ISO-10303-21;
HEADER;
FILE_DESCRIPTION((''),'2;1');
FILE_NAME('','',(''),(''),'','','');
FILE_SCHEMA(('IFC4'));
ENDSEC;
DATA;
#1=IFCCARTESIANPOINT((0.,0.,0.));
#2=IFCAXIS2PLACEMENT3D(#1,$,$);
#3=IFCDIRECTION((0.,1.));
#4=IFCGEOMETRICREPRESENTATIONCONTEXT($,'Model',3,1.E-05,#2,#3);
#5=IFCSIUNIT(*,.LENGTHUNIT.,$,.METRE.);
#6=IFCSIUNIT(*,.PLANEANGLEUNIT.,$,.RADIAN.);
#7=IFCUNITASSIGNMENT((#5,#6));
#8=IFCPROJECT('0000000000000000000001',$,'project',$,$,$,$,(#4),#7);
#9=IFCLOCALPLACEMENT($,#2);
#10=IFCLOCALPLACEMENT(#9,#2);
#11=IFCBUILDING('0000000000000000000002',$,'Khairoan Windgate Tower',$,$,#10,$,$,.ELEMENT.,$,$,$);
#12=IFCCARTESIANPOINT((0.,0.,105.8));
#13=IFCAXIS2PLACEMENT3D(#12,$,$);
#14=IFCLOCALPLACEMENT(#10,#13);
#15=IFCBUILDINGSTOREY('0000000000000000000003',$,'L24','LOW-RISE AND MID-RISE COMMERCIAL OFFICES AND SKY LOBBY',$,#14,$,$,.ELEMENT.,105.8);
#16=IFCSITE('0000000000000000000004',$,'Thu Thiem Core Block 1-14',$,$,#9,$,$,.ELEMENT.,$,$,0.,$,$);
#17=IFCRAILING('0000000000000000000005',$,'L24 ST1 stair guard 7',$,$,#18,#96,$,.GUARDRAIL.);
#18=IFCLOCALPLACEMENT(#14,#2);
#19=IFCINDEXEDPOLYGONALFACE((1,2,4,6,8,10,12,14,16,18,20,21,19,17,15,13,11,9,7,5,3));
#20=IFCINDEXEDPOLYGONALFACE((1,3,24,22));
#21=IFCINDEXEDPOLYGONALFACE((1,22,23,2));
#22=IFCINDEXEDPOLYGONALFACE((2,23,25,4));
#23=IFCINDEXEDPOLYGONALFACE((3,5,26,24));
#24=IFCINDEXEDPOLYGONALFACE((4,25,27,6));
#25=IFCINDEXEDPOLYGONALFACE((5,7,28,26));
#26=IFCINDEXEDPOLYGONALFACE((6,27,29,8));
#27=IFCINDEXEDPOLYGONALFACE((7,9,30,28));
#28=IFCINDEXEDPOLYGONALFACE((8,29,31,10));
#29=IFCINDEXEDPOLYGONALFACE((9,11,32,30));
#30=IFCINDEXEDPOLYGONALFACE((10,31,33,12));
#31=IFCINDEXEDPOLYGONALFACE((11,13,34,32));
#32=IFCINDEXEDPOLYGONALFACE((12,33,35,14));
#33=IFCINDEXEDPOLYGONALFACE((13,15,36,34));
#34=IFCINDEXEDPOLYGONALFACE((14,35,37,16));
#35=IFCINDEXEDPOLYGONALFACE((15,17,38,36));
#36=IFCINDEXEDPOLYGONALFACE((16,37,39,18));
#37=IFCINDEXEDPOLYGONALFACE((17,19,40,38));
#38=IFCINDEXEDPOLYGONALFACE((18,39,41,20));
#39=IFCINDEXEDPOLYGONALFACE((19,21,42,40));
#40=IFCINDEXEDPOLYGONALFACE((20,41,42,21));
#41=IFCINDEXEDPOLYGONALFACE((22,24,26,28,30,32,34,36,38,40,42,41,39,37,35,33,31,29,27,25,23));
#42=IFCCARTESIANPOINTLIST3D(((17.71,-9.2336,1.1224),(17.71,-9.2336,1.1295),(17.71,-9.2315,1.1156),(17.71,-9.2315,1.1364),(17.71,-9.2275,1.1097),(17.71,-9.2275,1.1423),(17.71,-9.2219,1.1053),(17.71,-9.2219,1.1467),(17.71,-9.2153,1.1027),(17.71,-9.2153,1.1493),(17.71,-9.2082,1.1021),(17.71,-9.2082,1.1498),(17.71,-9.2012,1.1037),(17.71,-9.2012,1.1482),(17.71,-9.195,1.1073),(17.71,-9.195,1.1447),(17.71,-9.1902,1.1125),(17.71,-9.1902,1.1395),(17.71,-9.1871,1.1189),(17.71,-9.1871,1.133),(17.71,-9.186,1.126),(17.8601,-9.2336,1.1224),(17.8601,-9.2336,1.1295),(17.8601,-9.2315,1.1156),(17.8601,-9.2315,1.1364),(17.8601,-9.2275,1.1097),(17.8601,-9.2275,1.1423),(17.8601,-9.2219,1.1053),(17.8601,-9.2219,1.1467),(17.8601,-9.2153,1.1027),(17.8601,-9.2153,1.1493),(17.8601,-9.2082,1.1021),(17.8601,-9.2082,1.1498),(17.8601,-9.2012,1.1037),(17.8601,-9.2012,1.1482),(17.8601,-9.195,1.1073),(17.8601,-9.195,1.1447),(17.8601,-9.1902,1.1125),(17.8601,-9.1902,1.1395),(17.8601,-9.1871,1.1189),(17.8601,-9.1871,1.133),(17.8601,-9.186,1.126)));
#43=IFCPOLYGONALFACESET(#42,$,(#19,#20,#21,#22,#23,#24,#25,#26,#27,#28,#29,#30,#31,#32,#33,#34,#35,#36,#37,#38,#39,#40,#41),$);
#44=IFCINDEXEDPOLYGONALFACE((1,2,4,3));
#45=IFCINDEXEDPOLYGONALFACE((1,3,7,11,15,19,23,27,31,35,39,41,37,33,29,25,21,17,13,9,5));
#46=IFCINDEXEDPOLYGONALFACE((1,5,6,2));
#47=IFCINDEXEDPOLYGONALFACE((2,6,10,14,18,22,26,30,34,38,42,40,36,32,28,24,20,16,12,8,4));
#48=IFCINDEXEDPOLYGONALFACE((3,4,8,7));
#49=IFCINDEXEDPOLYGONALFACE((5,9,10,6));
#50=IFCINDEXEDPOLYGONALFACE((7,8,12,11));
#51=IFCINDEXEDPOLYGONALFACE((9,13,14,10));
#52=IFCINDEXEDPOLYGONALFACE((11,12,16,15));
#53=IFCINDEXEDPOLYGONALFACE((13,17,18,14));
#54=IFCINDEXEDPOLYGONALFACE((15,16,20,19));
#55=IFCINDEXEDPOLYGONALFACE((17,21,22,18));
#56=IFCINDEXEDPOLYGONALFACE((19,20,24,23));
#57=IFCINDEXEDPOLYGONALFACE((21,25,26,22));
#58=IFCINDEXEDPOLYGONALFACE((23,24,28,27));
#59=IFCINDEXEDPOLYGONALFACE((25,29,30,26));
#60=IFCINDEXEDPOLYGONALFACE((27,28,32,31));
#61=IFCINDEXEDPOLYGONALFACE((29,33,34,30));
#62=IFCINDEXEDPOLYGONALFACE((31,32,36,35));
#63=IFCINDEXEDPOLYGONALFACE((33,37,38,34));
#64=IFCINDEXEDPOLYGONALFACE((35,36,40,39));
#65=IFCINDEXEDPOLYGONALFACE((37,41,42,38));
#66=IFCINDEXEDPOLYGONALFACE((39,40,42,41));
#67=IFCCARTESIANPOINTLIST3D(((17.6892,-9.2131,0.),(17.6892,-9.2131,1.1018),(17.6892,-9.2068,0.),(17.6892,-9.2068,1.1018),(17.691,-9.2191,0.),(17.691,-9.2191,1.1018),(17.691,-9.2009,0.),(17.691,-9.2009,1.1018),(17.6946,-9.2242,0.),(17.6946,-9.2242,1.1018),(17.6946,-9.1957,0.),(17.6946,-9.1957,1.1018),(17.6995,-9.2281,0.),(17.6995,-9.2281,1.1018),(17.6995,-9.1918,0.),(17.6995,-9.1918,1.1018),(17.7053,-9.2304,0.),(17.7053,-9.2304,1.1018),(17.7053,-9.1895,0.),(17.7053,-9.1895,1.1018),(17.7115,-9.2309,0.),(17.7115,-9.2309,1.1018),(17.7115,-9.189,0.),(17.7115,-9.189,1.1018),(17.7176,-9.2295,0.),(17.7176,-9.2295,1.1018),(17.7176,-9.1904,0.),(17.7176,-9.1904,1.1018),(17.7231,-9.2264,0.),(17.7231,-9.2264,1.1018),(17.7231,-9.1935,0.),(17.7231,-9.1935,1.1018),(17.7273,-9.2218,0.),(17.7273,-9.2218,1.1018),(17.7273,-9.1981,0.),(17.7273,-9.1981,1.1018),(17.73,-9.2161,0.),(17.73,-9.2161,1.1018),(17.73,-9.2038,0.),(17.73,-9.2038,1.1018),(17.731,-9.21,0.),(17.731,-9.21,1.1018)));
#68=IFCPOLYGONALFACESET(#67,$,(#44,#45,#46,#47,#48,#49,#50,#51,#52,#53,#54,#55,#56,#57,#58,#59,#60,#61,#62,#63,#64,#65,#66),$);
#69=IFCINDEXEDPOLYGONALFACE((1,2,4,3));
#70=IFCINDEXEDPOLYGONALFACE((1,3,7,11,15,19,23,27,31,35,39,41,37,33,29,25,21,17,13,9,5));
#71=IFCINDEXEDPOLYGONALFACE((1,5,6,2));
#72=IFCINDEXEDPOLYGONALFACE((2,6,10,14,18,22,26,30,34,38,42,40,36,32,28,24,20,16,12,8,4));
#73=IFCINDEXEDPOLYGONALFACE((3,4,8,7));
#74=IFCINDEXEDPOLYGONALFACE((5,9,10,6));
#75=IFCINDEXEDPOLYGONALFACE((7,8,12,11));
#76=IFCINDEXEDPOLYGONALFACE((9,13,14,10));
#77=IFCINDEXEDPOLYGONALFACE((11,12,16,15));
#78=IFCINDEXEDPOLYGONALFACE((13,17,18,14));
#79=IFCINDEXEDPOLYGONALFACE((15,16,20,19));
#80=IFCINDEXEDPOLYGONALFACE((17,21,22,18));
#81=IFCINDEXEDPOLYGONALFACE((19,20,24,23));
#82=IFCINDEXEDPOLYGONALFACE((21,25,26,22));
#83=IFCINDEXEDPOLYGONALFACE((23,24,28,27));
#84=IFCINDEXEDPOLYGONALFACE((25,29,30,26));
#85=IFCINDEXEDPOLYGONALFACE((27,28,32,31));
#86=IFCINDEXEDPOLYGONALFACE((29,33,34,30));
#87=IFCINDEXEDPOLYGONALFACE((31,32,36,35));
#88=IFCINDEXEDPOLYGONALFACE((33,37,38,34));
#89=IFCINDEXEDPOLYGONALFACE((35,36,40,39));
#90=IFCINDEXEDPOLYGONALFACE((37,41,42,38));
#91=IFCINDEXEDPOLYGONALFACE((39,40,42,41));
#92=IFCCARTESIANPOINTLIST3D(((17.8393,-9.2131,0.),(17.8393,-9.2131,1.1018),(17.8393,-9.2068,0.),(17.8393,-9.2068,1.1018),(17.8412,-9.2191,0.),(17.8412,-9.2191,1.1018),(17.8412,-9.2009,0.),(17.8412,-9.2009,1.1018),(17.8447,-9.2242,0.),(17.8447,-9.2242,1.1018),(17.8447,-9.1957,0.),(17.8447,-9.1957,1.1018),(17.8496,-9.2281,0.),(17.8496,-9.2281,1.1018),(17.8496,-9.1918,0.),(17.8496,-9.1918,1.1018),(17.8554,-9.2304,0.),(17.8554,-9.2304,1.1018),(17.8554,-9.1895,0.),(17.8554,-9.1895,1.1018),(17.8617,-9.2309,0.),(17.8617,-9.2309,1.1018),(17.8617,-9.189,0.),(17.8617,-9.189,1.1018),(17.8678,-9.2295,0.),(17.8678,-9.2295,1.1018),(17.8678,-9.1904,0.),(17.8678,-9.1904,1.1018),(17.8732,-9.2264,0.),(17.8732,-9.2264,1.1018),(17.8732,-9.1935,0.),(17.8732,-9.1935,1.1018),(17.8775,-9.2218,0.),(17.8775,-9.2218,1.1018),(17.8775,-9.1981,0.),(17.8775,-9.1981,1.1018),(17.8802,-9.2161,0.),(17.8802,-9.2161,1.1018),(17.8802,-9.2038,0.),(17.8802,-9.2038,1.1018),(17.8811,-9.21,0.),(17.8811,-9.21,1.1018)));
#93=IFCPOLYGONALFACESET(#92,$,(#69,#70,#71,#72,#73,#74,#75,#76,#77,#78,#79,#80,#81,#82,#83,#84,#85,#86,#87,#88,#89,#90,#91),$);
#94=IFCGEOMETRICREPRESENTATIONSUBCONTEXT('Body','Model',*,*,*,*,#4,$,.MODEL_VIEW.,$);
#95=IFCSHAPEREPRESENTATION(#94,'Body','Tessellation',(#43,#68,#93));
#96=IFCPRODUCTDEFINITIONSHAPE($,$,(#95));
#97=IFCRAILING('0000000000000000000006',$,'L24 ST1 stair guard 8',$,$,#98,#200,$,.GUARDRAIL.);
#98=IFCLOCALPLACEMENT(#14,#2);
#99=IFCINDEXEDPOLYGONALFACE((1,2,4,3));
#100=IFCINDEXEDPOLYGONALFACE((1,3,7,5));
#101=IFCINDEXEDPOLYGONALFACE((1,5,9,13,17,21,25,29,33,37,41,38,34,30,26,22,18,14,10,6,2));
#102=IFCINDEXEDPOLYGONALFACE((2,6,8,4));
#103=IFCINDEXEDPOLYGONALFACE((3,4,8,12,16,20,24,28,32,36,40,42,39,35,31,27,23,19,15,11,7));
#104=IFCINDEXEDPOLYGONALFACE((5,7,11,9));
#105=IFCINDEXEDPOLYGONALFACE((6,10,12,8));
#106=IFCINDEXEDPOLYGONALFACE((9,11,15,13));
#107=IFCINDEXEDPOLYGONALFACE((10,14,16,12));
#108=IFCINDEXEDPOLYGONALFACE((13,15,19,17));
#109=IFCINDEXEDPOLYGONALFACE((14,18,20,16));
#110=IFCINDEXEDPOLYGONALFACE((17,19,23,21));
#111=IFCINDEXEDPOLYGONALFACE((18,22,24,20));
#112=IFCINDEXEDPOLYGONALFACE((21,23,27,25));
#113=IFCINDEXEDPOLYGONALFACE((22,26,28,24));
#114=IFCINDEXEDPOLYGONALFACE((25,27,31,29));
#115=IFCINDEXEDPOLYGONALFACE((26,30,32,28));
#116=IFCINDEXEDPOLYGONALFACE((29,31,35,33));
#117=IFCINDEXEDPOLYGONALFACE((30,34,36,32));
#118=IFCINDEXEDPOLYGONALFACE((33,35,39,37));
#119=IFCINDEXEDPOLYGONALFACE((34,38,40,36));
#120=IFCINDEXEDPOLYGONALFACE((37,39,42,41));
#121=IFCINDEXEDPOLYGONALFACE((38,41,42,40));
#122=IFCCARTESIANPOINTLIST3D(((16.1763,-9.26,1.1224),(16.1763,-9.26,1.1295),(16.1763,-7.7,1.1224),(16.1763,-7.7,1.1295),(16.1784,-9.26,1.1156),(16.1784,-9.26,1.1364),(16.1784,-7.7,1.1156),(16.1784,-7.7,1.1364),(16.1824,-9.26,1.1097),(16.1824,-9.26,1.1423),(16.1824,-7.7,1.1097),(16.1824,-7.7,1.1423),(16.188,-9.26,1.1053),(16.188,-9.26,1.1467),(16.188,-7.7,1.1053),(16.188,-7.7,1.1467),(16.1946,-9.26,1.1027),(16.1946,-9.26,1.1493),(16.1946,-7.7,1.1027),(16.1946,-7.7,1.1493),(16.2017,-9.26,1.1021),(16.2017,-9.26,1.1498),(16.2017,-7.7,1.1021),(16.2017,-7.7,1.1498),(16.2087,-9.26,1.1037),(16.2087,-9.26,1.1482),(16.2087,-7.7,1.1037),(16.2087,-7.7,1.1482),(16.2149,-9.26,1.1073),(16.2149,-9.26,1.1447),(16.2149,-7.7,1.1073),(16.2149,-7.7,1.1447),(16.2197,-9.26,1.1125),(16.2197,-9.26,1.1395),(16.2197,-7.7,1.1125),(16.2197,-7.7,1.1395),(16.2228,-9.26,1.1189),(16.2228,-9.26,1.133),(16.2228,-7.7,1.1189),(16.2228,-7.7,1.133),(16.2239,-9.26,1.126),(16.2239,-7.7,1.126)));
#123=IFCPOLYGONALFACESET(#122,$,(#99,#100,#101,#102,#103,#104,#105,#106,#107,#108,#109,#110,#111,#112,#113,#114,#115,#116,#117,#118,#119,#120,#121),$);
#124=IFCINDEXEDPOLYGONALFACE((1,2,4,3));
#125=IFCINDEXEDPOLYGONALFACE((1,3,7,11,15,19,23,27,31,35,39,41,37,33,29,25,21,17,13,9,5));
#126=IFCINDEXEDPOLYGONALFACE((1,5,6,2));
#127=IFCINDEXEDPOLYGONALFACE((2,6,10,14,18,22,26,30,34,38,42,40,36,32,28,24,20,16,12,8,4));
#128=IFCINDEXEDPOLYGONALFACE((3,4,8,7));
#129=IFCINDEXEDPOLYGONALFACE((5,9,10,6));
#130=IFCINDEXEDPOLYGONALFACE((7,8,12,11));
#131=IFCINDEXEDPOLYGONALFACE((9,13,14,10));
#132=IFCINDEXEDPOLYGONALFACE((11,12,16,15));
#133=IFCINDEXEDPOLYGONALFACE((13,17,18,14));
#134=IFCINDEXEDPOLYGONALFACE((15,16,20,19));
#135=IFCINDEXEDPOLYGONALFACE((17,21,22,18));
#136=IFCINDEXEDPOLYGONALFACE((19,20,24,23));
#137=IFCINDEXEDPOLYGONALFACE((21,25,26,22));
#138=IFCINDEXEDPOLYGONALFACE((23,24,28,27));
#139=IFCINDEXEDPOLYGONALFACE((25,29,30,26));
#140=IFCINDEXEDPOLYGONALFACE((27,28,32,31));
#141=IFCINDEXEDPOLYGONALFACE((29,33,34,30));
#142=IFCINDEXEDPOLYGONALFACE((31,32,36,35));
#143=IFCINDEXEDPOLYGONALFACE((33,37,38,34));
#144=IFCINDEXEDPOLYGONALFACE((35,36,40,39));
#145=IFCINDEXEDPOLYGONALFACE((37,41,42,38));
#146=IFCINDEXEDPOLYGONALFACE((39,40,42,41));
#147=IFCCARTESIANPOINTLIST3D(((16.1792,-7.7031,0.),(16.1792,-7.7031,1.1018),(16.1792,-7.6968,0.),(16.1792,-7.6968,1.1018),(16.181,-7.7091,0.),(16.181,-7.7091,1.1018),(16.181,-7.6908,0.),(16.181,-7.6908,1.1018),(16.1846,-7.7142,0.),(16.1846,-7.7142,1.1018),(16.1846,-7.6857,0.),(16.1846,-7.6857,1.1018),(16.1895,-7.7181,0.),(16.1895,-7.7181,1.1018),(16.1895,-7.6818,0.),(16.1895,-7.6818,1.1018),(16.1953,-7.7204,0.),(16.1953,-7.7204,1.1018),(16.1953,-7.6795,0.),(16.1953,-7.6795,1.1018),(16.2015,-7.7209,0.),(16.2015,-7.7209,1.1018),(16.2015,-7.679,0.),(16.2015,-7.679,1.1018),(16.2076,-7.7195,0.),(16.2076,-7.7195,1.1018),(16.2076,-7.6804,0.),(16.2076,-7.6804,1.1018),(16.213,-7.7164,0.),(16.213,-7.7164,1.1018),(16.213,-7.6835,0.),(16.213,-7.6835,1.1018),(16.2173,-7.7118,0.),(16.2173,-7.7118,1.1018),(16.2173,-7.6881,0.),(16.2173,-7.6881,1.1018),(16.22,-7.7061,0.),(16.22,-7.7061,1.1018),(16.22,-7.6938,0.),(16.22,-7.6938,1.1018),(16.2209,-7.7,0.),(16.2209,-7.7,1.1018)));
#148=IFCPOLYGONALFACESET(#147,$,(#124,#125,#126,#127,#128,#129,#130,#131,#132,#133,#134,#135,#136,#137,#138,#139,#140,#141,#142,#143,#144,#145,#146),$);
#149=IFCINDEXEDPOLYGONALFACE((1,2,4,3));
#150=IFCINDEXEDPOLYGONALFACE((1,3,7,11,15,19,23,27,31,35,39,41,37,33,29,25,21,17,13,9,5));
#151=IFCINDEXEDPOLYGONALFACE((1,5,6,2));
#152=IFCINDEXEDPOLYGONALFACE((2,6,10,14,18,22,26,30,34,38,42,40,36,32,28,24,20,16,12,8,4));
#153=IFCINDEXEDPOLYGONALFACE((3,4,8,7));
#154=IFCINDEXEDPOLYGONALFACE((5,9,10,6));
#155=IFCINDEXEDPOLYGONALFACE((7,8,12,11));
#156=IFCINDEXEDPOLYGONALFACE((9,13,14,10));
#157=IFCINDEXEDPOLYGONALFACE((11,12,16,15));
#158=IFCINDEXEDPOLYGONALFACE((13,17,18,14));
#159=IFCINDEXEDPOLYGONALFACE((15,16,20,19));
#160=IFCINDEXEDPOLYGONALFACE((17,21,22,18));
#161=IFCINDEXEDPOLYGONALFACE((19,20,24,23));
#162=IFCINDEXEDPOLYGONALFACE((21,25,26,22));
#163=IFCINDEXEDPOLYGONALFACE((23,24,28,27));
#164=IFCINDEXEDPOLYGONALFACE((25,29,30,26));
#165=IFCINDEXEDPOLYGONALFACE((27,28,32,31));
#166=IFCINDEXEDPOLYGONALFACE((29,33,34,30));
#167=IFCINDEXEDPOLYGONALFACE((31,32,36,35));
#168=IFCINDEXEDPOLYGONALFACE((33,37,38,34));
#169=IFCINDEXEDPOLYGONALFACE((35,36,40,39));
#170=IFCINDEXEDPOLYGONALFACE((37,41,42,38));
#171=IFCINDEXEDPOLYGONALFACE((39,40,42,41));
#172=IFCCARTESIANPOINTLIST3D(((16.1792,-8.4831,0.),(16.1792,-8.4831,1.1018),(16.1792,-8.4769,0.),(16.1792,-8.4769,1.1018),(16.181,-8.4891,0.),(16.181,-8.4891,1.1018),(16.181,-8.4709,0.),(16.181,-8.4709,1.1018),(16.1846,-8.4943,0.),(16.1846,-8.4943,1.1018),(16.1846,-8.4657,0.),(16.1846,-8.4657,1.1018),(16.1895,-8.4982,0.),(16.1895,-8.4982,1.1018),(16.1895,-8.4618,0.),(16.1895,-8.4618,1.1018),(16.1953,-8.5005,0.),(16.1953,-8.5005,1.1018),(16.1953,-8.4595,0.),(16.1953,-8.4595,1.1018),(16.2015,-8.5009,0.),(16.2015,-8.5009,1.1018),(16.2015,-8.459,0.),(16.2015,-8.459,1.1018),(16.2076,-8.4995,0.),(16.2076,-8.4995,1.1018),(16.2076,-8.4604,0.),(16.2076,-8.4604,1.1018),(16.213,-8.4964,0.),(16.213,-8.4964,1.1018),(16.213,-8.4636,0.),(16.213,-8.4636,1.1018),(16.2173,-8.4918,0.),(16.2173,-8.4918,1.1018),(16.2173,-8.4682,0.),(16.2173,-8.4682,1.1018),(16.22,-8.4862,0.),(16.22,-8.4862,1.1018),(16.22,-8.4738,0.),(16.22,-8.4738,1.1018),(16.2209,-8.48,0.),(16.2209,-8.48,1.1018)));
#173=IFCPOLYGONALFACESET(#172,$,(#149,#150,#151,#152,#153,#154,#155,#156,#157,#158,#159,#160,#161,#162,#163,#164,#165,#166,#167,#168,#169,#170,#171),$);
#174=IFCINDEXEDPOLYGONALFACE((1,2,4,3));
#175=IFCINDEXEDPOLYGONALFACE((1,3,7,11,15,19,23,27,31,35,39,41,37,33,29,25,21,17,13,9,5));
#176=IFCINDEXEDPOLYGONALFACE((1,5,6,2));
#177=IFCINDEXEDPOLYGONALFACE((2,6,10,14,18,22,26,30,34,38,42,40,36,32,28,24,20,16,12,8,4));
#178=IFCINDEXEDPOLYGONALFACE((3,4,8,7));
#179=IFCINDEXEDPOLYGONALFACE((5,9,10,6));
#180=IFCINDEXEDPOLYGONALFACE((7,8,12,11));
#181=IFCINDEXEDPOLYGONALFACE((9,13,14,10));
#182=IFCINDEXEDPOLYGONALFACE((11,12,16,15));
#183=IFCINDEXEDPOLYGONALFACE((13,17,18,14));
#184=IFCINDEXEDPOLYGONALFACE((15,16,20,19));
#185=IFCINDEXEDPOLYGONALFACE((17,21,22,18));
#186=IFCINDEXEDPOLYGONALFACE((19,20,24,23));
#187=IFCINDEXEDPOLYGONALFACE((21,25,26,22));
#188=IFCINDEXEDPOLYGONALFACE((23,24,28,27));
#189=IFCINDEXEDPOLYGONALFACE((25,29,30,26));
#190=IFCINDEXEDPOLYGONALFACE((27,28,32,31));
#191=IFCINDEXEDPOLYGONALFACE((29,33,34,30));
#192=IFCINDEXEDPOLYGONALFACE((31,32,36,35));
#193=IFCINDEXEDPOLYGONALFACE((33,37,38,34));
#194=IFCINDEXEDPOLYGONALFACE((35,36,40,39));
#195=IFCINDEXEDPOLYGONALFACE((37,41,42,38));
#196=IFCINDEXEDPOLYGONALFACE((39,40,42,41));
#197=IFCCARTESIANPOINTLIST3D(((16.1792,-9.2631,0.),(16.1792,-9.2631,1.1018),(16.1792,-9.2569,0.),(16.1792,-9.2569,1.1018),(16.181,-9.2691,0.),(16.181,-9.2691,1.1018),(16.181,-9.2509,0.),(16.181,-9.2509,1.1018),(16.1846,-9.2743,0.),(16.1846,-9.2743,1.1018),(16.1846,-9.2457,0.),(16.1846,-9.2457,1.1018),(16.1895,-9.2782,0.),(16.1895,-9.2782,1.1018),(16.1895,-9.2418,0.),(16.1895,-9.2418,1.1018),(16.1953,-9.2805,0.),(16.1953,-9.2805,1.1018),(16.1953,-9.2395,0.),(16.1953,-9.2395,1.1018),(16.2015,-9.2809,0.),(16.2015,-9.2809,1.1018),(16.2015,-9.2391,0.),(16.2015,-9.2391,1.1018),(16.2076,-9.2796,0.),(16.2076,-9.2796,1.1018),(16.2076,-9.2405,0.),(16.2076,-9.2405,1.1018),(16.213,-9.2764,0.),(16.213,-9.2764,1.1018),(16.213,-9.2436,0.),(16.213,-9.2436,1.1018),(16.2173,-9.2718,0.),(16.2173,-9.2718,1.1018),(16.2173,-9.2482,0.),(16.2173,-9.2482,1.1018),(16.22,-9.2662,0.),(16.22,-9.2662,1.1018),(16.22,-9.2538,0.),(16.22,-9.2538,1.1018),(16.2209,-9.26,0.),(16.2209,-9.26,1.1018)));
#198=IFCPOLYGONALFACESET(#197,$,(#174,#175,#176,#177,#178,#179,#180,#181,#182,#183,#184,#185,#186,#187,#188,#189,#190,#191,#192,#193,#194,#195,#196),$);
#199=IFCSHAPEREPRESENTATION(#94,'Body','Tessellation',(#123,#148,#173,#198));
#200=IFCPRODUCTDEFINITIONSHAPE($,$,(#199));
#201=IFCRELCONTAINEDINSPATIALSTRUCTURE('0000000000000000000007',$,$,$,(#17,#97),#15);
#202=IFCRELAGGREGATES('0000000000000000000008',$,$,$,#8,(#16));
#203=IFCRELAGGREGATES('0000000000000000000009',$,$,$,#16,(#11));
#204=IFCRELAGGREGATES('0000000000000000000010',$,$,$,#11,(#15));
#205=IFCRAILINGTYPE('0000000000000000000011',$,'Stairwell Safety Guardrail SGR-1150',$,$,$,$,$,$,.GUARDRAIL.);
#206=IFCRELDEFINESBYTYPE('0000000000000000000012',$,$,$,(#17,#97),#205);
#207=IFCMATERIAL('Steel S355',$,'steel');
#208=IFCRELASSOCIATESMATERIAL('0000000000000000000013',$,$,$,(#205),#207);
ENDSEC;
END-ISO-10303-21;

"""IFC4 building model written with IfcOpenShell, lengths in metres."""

from ifc_helpers import new_model, si_unit, direction, frame, origin, origin_2d, place, context, subcontext, project, spatial, circle, extrude, material, type_object, element, save


model = new_model("IFC4")

# Units and contexts
model_context = context("Model", 3, precision=1e-05, world=origin(), true_north=direction((0.0, 1.0)))
body_context = subcontext(model_context, "Body", "Model", "MODEL_VIEW")
ifc_project = project(units=[si_unit("LENGTHUNIT", "METRE"), si_unit("PLANEANGLEUNIT", "RADIAN")], contexts=[model_context])

# Site, building, storey
site_placement = place(None, origin())
site = spatial("IfcSite", under=ifc_project, at=site_placement, Name="Thu Thiem Core Block 1-14", CompositionType="ELEMENT", RefElevation=0.0)
building_placement = place(site_placement, origin())
building = spatial("IfcBuilding", under=site, at=building_placement, Name="Khairoan Windgate Tower", CompositionType="ELEMENT")
storey_placement = place(building_placement, frame((0.0, 0.0, 105.8)))
storey = spatial("IfcBuildingStorey", under=building, at=storey_placement, Name="L24", Description="LOW-RISE AND MID-RISE COMMERCIAL OFFICES AND SKY LOBBY", CompositionType="ELEMENT", Elevation=105.8)

# Railings
ifc_material_1 = material(Name="Steel S355", Category="steel")
railing_type_1 = type_object("IfcRailingType", Name="Stairwell Safety Guardrail SGR-1150", PredefinedType="GUARDRAIL", material=ifc_material_1)
railing_1_placement = place(storey_placement, frame((17.71, -9.21, 0.0)))
element("IfcRailing", 1, at=railing_1_placement, inside=storey, type_object=railing_type_1, Name="L24 ST1 stair guard 7", PredefinedType="GUARDRAIL", context=body_context, shape_type="SweptSolid", body=[
    extrude(circle(Radius=0.0239, at=origin_2d()), frame((0.0, 0.0, 1.126), z_axis=(1.0, 0.0, 0.0), x_axis=(0.0, 1.0, 0.0)), (0.0, 0.0, 1.0), 0.1501),
    extrude(circle(Radius=0.021, at=origin_2d()), origin(), (0.0, 0.0, 1.0), 1.1018),
    extrude(circle(Radius=0.021, at=origin_2d()), frame((0.1501, 0.0, 0.0)), (0.0, 0.0, 1.0), 1.1018),
])
for number, where, name in (
    (2, (16.2, -7.7, 0.0), "L24 ST1 stair guard 8"),
):
    element("IfcRailing", number, at=place(storey_placement, frame(where)), inside=storey, type_object=railing_type_1, Name=name, PredefinedType="GUARDRAIL", context=body_context, shape_type="SweptSolid", body=[
        extrude(circle(Radius=0.0239, at=origin_2d()), frame((0.0, 0.0, 1.126), z_axis=(0.0, -1.0, 0.0), x_axis=(1.0, 0.0, 0.0)), (0.0, 0.0, 1.0), 1.5601),
        extrude(circle(Radius=0.021, at=origin_2d()), origin(), (0.0, 0.0, 1.0), 1.1018),
        extrude(circle(Radius=0.021, at=origin_2d()), frame((0.0, -0.78, 0.0)), (0.0, 0.0, 1.0), 1.1018),
        extrude(circle(Radius=0.021, at=origin_2d()), frame((0.0, -1.5601, 0.0)), (0.0, 0.0, 1.0), 1.1018),
    ])

save(model, "model.ifc")
